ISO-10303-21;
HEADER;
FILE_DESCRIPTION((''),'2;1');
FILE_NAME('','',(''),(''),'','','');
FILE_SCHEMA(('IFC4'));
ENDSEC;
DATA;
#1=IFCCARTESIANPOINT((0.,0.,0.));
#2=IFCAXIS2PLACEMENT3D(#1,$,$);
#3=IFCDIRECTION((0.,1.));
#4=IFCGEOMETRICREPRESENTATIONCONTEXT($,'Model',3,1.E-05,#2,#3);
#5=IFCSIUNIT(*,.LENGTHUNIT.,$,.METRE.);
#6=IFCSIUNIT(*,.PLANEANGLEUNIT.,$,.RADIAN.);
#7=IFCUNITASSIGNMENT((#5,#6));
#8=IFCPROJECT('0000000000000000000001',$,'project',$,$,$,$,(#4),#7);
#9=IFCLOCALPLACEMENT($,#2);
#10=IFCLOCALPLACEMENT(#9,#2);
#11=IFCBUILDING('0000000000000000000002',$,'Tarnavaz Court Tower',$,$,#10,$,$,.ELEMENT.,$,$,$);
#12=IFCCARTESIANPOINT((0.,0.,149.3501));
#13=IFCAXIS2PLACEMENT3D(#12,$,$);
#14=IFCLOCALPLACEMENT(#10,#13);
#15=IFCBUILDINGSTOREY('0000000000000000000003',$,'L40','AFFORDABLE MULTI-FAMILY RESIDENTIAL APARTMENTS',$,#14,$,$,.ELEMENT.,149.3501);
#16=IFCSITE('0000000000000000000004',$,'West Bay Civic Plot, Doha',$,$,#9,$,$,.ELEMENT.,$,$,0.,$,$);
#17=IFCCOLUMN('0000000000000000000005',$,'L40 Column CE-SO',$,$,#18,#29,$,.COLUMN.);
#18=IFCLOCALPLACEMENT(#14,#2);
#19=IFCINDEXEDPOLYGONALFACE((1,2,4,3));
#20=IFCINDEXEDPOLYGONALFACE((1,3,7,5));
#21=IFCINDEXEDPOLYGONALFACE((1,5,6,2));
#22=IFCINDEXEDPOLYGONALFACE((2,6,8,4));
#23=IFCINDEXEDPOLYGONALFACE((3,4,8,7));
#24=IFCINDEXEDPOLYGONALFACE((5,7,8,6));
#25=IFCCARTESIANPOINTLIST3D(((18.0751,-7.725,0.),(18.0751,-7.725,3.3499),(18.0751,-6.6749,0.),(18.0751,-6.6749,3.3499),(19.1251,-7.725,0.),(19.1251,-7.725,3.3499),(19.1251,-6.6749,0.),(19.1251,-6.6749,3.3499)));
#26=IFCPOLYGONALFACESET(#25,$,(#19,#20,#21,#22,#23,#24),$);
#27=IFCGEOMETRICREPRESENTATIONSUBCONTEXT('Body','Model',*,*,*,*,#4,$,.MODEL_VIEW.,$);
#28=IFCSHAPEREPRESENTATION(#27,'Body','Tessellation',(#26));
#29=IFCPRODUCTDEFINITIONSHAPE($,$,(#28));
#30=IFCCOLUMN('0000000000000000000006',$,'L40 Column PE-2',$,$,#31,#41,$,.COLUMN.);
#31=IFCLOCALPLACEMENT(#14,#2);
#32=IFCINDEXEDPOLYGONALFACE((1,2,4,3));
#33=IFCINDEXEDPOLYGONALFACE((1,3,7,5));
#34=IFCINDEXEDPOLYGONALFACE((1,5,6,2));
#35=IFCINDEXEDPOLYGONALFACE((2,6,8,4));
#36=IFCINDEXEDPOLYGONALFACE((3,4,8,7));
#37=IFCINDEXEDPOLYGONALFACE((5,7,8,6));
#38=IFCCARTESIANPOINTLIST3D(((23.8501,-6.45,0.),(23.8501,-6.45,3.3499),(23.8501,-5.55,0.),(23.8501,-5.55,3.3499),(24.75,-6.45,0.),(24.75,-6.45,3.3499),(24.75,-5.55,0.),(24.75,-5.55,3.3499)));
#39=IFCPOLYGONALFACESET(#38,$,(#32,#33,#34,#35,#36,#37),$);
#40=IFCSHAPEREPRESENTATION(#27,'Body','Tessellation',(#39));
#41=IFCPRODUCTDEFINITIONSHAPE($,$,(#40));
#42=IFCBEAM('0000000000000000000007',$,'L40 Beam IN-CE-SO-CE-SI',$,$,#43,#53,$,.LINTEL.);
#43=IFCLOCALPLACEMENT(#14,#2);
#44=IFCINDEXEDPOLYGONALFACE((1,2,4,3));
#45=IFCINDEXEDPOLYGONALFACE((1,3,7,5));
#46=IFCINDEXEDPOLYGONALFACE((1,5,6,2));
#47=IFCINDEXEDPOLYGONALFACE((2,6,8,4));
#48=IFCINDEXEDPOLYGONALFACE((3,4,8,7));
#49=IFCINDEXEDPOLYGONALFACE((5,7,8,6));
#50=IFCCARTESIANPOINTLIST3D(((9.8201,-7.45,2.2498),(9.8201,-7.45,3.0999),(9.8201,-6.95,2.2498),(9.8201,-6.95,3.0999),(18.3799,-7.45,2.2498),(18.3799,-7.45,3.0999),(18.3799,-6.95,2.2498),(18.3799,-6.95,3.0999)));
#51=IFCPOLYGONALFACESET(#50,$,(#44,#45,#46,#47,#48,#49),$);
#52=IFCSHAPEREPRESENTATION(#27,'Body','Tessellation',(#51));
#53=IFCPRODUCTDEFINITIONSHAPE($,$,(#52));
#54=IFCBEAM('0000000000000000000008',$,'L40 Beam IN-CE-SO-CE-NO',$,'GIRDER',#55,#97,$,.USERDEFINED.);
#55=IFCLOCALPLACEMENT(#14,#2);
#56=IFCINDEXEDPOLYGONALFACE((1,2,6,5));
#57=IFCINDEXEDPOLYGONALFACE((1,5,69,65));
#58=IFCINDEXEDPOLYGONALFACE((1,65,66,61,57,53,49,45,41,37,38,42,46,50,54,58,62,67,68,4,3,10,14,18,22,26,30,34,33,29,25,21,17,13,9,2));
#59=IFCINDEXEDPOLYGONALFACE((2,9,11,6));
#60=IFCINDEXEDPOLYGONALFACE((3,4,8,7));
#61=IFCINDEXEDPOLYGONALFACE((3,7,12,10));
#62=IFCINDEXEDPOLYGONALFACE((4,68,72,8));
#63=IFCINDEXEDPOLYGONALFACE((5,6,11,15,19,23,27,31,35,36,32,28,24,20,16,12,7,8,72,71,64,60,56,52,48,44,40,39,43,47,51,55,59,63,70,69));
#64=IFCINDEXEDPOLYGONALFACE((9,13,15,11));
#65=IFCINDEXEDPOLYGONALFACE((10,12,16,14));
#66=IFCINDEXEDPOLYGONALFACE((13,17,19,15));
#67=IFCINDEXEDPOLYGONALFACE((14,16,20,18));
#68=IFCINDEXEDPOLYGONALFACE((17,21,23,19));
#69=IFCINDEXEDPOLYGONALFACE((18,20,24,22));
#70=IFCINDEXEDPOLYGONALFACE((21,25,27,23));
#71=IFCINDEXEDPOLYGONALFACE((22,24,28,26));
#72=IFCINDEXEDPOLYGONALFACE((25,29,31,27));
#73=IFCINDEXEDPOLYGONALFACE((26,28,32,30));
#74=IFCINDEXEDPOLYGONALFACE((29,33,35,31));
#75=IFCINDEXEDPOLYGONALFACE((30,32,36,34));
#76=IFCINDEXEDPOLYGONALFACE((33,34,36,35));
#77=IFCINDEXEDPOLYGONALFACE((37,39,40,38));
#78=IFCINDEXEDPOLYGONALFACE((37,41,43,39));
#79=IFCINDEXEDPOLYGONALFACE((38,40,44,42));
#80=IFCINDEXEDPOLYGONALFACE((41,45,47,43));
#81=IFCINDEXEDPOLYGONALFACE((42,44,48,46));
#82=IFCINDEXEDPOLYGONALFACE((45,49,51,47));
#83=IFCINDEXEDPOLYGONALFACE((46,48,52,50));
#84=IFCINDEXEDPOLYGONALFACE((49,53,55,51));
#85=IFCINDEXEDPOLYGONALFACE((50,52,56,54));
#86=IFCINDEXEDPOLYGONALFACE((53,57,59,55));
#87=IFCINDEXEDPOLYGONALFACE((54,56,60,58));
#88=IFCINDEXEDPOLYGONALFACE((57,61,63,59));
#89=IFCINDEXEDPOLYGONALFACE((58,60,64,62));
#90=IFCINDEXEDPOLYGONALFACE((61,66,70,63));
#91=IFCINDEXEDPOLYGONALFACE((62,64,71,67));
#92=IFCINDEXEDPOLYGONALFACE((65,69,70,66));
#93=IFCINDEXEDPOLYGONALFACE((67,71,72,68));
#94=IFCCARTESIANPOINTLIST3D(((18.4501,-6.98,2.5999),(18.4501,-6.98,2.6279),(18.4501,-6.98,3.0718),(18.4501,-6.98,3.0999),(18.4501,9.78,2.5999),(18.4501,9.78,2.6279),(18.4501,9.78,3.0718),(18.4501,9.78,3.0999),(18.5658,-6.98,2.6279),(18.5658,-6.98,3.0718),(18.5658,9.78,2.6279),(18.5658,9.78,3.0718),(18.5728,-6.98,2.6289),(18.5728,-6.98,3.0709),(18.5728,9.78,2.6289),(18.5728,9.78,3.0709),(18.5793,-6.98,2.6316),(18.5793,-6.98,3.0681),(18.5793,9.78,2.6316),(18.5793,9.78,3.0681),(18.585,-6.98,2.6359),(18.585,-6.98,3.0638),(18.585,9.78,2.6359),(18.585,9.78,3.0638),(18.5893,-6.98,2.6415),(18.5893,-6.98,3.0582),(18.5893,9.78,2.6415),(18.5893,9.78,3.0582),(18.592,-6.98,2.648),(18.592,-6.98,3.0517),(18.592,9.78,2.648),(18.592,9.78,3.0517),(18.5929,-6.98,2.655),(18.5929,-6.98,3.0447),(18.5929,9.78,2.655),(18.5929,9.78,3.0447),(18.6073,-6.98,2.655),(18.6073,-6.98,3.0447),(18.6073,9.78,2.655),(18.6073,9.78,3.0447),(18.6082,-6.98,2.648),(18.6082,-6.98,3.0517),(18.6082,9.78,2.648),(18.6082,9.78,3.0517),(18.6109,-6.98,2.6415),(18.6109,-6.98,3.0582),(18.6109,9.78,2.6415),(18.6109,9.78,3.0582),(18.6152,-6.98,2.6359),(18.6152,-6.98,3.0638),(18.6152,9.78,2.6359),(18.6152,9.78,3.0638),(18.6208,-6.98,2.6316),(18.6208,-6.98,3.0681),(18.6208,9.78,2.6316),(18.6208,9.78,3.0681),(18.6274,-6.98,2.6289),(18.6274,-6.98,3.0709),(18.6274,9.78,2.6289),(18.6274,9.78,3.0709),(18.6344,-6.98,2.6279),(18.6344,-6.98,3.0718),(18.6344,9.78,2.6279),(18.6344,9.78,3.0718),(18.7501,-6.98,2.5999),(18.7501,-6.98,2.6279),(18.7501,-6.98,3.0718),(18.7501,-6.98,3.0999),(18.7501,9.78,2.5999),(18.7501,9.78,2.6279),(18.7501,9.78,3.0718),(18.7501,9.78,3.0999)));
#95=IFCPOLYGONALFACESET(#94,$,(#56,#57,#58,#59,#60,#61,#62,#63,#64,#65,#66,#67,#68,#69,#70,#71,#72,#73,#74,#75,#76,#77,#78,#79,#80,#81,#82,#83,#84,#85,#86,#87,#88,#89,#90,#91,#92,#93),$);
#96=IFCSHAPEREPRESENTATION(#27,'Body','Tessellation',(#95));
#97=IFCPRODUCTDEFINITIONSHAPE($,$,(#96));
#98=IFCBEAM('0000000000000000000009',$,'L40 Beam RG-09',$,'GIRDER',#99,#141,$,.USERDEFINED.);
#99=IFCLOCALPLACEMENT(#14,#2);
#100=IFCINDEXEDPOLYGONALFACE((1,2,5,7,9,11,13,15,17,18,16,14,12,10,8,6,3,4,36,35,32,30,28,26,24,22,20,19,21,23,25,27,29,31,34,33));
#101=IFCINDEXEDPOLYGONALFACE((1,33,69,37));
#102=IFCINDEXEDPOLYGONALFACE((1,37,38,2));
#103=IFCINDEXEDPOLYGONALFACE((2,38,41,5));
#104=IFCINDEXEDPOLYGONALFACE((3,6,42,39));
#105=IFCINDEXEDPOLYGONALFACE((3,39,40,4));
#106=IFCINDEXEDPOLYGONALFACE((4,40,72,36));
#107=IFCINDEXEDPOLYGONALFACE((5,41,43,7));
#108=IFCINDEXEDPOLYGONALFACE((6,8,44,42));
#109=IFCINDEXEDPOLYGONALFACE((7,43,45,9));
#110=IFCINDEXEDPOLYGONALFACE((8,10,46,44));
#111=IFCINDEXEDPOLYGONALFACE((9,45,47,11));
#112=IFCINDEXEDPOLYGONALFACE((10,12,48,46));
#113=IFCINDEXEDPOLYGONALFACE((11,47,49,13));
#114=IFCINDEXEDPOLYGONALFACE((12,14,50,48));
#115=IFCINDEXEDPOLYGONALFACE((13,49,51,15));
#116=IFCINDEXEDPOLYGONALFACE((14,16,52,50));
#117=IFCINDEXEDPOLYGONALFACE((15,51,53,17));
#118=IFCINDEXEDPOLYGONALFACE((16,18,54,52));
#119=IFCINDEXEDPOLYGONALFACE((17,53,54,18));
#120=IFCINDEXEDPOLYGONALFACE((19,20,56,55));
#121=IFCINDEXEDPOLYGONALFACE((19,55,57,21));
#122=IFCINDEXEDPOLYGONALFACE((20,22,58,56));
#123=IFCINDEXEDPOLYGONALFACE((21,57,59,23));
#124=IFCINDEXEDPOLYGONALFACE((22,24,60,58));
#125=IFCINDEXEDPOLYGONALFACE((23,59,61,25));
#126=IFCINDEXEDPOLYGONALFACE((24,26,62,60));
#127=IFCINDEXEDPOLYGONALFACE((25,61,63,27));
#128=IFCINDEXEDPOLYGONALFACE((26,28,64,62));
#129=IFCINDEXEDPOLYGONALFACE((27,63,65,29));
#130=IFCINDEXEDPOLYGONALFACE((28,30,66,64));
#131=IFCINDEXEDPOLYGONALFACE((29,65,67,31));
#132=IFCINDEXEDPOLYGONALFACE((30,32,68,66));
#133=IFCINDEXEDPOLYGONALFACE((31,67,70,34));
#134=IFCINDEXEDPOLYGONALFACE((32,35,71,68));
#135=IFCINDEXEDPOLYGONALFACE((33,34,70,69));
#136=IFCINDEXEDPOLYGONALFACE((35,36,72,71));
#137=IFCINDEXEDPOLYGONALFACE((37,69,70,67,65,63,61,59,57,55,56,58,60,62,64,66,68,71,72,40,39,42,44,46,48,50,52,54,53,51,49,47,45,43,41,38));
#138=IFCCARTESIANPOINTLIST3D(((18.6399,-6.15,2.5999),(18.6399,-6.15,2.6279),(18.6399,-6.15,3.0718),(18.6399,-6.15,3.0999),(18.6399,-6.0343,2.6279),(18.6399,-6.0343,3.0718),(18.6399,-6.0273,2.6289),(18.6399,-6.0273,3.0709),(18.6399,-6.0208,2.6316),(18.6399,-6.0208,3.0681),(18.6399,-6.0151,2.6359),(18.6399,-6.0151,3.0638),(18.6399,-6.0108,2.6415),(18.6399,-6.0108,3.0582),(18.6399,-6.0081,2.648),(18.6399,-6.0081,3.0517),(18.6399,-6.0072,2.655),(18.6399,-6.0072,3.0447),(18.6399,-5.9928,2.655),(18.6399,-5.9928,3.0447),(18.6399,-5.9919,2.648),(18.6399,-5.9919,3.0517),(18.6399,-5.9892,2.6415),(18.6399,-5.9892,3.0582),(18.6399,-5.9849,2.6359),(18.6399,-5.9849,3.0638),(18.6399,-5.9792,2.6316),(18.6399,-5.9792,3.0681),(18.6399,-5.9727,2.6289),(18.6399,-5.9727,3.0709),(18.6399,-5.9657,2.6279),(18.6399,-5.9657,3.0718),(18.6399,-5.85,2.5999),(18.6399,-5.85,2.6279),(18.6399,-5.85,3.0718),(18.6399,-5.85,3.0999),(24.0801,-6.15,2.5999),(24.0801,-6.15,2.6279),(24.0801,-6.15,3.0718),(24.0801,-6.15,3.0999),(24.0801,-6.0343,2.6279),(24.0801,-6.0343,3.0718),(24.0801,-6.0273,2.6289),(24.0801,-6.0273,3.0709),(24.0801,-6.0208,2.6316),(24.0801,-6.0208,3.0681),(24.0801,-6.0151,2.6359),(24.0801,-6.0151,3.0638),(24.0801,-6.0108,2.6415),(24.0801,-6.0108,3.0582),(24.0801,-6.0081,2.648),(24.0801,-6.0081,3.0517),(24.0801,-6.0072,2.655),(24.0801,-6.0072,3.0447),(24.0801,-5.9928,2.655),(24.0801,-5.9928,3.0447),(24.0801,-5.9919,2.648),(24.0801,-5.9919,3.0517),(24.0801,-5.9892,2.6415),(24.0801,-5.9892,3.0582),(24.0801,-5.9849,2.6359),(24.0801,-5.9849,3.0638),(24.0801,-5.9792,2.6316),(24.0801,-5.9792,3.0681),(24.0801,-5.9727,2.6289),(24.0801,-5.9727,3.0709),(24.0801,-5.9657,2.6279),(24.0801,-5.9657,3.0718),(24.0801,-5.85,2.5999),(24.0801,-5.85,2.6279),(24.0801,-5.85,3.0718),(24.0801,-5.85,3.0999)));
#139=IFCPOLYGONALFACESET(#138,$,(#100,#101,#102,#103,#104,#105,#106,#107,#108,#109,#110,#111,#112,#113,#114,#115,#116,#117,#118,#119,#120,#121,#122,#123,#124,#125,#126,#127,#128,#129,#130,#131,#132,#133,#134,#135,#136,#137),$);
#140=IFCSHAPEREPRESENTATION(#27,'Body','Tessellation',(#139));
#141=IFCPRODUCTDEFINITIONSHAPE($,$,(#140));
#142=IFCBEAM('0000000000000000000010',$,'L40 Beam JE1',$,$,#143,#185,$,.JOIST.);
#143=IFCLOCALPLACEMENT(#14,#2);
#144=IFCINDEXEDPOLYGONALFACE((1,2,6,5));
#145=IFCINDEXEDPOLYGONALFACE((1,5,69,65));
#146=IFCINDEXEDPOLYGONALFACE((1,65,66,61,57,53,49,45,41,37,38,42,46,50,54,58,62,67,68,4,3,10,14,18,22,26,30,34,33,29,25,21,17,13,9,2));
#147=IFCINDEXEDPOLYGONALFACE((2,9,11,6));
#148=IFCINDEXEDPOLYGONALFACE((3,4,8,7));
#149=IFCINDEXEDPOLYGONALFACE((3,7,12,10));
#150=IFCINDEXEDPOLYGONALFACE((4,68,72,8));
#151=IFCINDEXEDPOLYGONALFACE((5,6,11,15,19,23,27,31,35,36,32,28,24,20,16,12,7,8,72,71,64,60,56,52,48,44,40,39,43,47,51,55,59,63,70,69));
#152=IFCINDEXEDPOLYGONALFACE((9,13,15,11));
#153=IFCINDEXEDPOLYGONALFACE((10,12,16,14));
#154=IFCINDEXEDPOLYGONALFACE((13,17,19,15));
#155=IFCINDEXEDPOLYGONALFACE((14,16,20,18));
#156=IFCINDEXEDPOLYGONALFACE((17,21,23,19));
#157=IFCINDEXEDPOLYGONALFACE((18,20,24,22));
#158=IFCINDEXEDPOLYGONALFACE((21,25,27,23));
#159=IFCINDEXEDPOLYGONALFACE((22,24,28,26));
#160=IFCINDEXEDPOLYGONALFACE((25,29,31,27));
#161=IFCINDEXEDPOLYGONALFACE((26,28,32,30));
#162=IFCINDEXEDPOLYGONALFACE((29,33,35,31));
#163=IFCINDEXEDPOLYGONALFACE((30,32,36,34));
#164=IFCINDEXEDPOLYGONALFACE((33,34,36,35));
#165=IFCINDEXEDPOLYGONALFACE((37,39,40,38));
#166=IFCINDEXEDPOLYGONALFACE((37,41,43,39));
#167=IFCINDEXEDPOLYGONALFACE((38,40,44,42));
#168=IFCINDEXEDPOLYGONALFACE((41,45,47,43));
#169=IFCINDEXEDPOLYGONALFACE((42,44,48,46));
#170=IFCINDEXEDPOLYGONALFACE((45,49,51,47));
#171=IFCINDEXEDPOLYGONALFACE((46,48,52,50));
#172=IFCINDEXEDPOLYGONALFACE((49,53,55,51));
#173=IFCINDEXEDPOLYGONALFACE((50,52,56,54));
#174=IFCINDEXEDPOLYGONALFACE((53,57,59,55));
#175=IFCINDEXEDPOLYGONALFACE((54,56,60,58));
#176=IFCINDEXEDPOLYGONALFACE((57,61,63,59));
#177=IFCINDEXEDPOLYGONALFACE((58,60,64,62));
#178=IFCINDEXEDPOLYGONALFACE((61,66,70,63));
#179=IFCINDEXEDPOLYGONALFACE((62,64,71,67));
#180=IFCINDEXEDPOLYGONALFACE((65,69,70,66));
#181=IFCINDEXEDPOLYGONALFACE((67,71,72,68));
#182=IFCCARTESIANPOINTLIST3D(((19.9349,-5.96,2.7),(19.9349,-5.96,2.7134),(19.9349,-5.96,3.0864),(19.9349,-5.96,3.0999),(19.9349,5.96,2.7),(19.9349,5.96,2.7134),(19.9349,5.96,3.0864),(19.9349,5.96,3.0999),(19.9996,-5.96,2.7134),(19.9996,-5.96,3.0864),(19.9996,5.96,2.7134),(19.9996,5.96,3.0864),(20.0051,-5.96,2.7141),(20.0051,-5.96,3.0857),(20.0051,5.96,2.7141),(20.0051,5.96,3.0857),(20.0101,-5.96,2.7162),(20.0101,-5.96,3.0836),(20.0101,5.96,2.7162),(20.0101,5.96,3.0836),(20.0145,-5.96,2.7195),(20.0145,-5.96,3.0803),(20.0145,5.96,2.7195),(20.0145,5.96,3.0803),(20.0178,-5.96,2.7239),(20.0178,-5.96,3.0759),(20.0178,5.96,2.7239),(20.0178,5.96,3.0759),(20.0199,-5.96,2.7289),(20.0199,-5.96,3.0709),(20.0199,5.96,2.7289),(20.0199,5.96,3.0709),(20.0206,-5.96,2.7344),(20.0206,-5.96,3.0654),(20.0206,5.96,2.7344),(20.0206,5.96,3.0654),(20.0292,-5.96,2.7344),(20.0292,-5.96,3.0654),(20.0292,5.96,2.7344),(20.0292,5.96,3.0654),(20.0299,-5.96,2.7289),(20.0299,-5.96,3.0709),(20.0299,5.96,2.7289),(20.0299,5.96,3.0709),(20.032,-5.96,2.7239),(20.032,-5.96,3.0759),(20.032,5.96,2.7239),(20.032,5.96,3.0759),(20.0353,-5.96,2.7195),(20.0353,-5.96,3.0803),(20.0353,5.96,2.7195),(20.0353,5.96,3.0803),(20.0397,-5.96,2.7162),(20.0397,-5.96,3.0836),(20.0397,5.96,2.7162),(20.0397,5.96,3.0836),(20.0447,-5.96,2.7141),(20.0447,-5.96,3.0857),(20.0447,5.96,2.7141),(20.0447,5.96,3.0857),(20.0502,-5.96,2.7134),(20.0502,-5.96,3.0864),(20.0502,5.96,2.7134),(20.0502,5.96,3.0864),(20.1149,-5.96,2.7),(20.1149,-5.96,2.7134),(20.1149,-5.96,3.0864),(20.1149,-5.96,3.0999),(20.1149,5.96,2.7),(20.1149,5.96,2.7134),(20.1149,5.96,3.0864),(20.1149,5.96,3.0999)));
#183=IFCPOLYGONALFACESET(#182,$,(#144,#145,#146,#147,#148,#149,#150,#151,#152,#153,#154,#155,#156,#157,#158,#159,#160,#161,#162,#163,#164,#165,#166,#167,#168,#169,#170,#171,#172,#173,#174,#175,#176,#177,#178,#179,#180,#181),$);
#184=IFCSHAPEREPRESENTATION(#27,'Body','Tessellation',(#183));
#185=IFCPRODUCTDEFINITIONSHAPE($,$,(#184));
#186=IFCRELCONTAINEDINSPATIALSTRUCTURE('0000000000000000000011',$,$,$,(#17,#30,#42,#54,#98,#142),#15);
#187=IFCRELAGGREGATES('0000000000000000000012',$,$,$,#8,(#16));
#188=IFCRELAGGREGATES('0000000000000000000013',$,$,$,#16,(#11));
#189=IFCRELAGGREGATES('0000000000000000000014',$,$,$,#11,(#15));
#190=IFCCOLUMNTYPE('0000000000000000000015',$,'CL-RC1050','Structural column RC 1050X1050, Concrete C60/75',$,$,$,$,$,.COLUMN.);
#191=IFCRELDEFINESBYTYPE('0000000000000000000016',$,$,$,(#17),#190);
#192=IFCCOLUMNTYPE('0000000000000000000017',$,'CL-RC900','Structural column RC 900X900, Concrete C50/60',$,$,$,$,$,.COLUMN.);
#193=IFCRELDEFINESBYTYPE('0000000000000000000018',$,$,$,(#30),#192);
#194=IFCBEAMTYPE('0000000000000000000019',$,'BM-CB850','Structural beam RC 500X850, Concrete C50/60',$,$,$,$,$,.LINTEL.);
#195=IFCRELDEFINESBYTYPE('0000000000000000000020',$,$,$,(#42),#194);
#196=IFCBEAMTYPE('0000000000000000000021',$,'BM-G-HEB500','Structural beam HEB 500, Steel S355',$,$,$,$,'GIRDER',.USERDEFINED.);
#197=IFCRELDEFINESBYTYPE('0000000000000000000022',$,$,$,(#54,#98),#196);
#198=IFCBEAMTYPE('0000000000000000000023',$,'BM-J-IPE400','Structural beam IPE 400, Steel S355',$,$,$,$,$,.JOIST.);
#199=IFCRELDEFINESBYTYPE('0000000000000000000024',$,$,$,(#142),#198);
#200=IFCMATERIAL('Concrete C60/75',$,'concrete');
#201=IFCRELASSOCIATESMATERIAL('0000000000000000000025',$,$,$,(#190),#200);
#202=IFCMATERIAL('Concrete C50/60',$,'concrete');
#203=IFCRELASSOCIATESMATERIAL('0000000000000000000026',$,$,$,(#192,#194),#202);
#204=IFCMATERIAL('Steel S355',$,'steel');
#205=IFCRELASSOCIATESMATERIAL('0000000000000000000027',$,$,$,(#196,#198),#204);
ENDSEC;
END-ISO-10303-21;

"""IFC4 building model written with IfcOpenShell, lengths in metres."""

from ifc_helpers import new_model, si_unit, direction, frame, origin, origin_2d, place, context, subcontext, project, spatial, rectangle, i_section, extrude, material, material_profile, profile_set, type_object, element, save


model = new_model("IFC4")

# Units and contexts
model_context = context("Model", 3, precision=1e-05, world=origin(), true_north=direction((0.0, 1.0)))
body_context = subcontext(model_context, "Body", "Model", "MODEL_VIEW")
ifc_project = project(units=[si_unit("LENGTHUNIT", "METRE"), si_unit("PLANEANGLEUNIT", "RADIAN")], contexts=[model_context])

# Site, building, storey
site_placement = place(None, origin())
site = spatial("IfcSite", under=ifc_project, at=site_placement, Name="West Bay Civic Plot, Doha", CompositionType="ELEMENT", RefElevation=0.0)
building_placement = place(site_placement, origin())
building = spatial("IfcBuilding", under=site, at=building_placement, Name="Tarnavaz Court Tower", CompositionType="ELEMENT")
storey_placement = place(building_placement, frame((0.0, 0.0, 149.3501)))
storey = spatial("IfcBuildingStorey", under=building, at=storey_placement, Name="L40", Description="AFFORDABLE MULTI-FAMILY RESIDENTIAL APARTMENTS", CompositionType="ELEMENT", Elevation=149.3501)

# Columns
ifc_material_1 = material(Name="Concrete C60/75", Category="concrete")
ifc_material_profile_1 = material_profile(ifc_material_1, rectangle(XDim=1.05, YDim=1.05, at=origin_2d()), Name="RC 1050X1050")
ifc_profile_set_1 = profile_set([ifc_material_profile_1], Name="Concrete C60/75")
column_type_1 = type_object("IfcColumnType", Name="CL-RC1050", Description="Structural column RC 1050X1050, Concrete C60/75", PredefinedType="COLUMN", material=ifc_profile_set_1)
column_1_placement = place(storey_placement, frame((18.6001, -7.2, 0.0), z_axis=(0.0, 0.0, 1.0), x_axis=(1.0, 0.0, 0.0)))
element("IfcColumn", 1, at=column_1_placement, inside=storey, type_object=column_type_1, Name="L40 Column CE-SO", PredefinedType="COLUMN", context=body_context, shape_type="SweptSolid", body=[
    extrude(rectangle(XDim=1.05, YDim=1.05, at=origin_2d()), origin(), (0.0, 0.0, 1.0), 3.3499),
])
ifc_material_2 = material(Name="Concrete C50/60", Category="concrete")
ifc_material_profile_2 = material_profile(ifc_material_2, rectangle(XDim=0.8999, YDim=0.8999, at=origin_2d()), Name="RC 900X900")
ifc_profile_set_2 = profile_set([ifc_material_profile_2], Name="Concrete C50/60")
column_type_2 = type_object("IfcColumnType", Name="CL-RC900", Description="Structural column RC 900X900, Concrete C50/60", PredefinedType="COLUMN", material=ifc_profile_set_2)
column_2_placement = place(storey_placement, frame((24.3, -6.0, 0.0), z_axis=(0.0, 0.0, 1.0), x_axis=(1.0, 0.0, 0.0)))
element("IfcColumn", 2, at=column_2_placement, inside=storey, type_object=column_type_2, Name="L40 Column PE-2", PredefinedType="COLUMN", context=body_context, shape_type="SweptSolid", body=[
    extrude(rectangle(XDim=0.8999, YDim=0.8999, at=origin_2d()), origin(), (0.0, 0.0, 1.0), 3.3499),
])

# Beams
ifc_material_profile_3 = material_profile(ifc_material_2, rectangle(XDim=0.5, YDim=0.8501, at=origin_2d()), Name="RC 500X850")
ifc_profile_set_3 = profile_set([ifc_material_profile_3], Name="Concrete C50/60")
beam_type_1 = type_object("IfcBeamType", Name="BM-CB850", Description="Structural beam RC 500X850, Concrete C50/60", PredefinedType="LINTEL", material=ifc_profile_set_3)
beam_1_placement = place(storey_placement, frame((18.3799, -7.2, 2.6748), z_axis=(-1.0, 0.0, 0.0), x_axis=(0.0, -1.0, 0.0)))
element("IfcBeam", 3, at=beam_1_placement, inside=storey, type_object=beam_type_1, Name="L40 Beam IN-CE-SO-CE-SI", PredefinedType="LINTEL", context=body_context, shape_type="SweptSolid", body=[
    extrude(rectangle(XDim=0.5, YDim=0.8501, at=origin_2d()), origin(), (0.0, 0.0, 1.0), 8.5598),
])
ifc_material_3 = material(Name="Steel S355", Category="steel")
ifc_material_profile_4 = material_profile(ifc_material_3, i_section(OverallWidth=0.3, OverallDepth=0.5, WebThickness=0.0144, FlangeThickness=0.0281, FilletRadius=0.0271, at=origin_2d()), Name="HEB 500")
ifc_profile_set_4 = profile_set([ifc_material_profile_4], Name="Steel S355")
beam_type_2 = type_object("IfcBeamType", Name="BM-G-HEB500", Description="Structural beam HEB 500, Steel S355", ElementType="GIRDER", PredefinedType="USERDEFINED", material=ifc_profile_set_4)
beam_2_placement = place(storey_placement, frame((18.6001, -6.98, 2.8499), z_axis=(0.0, 1.0, 0.0), x_axis=(-1.0, 0.0, 0.0)))
element("IfcBeam", 4, at=beam_2_placement, inside=storey, type_object=beam_type_2, Name="L40 Beam IN-CE-SO-CE-NO", ObjectType="GIRDER", PredefinedType="USERDEFINED", context=body_context, shape_type="SweptSolid", body=[
    extrude(i_section(OverallWidth=0.3, OverallDepth=0.5, WebThickness=0.0144, FlangeThickness=0.0281, FilletRadius=0.0271, at=origin_2d()), origin(), (0.0, 0.0, 1.0), 16.76),
])
beam_3_placement = place(storey_placement, frame((18.6399, -6.0, 2.8499), z_axis=(1.0, 0.0, 0.0), x_axis=(0.0, 1.0, 0.0)))
element("IfcBeam", 5, at=beam_3_placement, inside=storey, type_object=beam_type_2, Name="L40 Beam RG-09", ObjectType="GIRDER", PredefinedType="USERDEFINED", context=body_context, shape_type="SweptSolid", body=[
    extrude(i_section(OverallWidth=0.3, OverallDepth=0.5, WebThickness=0.0144, FlangeThickness=0.0281, FilletRadius=0.0271, at=origin_2d()), origin(), (0.0, 0.0, 1.0), 5.4402),
])
ifc_material_profile_5 = material_profile(ifc_material_3, i_section(OverallWidth=0.1799, OverallDepth=0.3999, WebThickness=0.0085, FlangeThickness=0.0134, FilletRadius=0.021, at=origin_2d()), Name="IPE 400")
ifc_profile_set_5 = profile_set([ifc_material_profile_5], Name="Steel S355")
beam_type_3 = type_object("IfcBeamType", Name="BM-J-IPE400", Description="Structural beam IPE 400, Steel S355", PredefinedType="JOIST", material=ifc_profile_set_5)
for number, where, z_axis, x_axis, name in (
    (6, (20.0249, -5.96, 2.8999), (0.0, 1.0, 0.0), (-1.0, 0.0, 0.0), "L40 Beam JE1"),
):
    element("IfcBeam", number, at=place(storey_placement, frame(where, z_axis=z_axis, x_axis=x_axis)), inside=storey, type_object=beam_type_3, Name=name, PredefinedType="JOIST", context=body_context, shape_type="SweptSolid", body=[
        extrude(i_section(OverallWidth=0.1799, OverallDepth=0.3999, WebThickness=0.0085, FlangeThickness=0.0134, FilletRadius=0.021, at=origin_2d()), origin(), (0.0, 0.0, 1.0), 11.9199),
    ])

save(model, "model.ifc")
